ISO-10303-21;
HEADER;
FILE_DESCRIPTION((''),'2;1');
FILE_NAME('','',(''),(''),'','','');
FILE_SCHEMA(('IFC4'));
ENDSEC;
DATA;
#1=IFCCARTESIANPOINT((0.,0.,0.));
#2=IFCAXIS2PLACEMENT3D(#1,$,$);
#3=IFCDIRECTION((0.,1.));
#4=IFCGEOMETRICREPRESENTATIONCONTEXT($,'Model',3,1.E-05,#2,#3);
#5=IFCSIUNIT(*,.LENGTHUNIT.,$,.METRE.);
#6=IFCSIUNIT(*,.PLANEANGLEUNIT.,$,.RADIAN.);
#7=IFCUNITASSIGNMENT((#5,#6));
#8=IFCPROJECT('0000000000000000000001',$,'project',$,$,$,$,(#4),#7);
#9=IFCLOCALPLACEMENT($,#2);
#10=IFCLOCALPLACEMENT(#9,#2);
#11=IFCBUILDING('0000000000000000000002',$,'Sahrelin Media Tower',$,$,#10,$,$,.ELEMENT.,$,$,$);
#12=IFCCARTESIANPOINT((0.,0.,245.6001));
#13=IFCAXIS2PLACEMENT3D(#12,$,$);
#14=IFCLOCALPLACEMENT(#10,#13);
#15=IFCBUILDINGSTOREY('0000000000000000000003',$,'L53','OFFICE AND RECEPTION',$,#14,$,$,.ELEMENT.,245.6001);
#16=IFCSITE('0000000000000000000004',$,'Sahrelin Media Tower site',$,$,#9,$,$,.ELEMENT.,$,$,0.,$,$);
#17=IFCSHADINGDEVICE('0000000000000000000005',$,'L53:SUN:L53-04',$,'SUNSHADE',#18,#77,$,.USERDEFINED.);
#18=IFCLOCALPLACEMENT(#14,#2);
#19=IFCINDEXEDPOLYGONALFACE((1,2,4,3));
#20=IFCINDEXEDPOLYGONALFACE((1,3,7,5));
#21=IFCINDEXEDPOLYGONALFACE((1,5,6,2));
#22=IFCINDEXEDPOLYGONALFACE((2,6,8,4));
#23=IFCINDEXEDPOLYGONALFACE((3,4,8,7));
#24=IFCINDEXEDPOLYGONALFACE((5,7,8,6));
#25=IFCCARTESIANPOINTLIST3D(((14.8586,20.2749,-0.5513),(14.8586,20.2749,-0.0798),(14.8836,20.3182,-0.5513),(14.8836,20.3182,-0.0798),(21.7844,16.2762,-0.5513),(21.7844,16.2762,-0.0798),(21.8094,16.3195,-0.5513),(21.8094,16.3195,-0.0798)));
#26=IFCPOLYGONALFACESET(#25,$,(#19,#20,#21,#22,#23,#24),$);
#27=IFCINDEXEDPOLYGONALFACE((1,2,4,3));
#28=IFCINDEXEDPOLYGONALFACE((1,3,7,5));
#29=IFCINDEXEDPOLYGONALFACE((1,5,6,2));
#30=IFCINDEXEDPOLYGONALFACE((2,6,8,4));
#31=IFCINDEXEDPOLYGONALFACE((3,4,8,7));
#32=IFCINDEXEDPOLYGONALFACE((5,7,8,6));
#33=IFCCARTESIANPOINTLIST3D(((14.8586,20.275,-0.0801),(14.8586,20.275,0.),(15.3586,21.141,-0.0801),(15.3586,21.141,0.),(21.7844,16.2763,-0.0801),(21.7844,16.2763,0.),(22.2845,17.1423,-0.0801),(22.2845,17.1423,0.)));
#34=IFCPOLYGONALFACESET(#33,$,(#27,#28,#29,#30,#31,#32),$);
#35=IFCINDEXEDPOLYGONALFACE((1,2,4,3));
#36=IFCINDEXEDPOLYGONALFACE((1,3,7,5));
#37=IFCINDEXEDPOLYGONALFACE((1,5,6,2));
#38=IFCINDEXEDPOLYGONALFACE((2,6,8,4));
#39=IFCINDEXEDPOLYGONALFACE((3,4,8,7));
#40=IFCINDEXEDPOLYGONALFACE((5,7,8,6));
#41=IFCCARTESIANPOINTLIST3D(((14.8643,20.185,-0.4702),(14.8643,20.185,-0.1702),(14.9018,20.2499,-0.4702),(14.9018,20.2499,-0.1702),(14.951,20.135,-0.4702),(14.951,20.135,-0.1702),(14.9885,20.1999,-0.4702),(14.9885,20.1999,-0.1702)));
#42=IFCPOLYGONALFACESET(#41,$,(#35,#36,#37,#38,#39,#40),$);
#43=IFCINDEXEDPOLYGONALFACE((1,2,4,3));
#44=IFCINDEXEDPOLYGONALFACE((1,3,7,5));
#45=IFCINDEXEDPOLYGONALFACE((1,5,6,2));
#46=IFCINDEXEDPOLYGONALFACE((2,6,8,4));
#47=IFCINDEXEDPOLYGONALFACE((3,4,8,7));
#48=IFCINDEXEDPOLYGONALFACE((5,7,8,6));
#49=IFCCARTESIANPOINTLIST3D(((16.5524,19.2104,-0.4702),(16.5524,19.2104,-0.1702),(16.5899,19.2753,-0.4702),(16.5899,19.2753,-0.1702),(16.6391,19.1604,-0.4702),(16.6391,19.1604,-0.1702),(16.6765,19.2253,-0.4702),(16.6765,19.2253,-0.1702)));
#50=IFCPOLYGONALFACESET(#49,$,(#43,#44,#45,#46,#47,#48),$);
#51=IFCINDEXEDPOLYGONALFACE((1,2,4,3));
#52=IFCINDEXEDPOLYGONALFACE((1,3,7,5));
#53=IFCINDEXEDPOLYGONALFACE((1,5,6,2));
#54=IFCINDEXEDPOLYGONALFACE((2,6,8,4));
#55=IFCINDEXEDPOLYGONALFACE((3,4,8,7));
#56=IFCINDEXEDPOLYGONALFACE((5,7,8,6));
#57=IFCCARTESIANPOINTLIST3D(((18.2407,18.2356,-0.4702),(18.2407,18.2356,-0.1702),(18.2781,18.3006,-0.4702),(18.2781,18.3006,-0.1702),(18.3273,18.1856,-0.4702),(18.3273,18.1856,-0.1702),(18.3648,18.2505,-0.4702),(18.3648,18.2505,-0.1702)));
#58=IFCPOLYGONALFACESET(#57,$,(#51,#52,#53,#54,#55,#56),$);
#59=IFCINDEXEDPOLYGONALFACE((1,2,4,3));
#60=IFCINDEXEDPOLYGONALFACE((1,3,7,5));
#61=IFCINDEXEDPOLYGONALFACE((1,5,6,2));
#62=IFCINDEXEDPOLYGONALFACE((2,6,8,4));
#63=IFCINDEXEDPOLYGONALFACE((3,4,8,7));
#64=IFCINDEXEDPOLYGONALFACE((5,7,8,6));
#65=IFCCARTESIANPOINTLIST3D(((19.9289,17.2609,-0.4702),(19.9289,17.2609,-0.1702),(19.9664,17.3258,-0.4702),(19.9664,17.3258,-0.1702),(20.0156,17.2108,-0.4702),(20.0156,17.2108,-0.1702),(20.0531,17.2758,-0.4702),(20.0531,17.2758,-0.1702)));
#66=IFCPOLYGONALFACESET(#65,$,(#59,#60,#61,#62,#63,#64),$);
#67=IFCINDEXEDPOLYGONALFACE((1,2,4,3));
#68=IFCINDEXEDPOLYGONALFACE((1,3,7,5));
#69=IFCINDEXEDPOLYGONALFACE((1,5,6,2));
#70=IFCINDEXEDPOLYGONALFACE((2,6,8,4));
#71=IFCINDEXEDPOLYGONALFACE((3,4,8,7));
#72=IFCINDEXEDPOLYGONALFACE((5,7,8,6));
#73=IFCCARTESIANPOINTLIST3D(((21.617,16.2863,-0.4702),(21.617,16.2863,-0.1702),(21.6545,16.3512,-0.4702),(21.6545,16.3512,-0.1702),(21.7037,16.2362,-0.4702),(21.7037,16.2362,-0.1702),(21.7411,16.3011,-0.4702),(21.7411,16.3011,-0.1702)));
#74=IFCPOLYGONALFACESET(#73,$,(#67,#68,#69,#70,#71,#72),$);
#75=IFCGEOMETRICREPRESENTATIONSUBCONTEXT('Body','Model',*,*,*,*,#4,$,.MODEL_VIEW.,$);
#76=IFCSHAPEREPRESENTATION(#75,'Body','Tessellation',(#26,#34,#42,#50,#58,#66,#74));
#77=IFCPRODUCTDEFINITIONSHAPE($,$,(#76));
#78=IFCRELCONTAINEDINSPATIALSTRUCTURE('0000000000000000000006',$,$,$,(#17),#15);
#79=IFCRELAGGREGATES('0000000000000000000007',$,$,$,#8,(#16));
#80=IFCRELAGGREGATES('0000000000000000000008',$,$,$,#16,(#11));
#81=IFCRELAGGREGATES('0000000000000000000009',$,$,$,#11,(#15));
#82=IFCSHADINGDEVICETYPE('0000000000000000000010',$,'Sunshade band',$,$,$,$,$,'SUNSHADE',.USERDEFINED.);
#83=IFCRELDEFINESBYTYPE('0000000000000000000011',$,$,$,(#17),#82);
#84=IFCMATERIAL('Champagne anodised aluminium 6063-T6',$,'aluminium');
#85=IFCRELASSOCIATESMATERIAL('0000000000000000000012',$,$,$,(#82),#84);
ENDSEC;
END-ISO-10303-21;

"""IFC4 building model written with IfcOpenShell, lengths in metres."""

from ifc_helpers import new_model, si_unit, direction, frame, origin, origin_2d, place, context, subcontext, project, spatial, rectangle, extrude, material, type_object, element, save


model = new_model("IFC4")

# Units and contexts
model_context = context("Model", 3, precision=1e-05, world=origin(), true_north=direction((0.0, 1.0)))
body_context = subcontext(model_context, "Body", "Model", "MODEL_VIEW")
ifc_project = project(units=[si_unit("LENGTHUNIT", "METRE"), si_unit("PLANEANGLEUNIT", "RADIAN")], contexts=[model_context])

# Site, building, storey
site_placement = place(None, origin())
site = spatial("IfcSite", under=ifc_project, at=site_placement, Name="Sahrelin Media Tower site", CompositionType="ELEMENT", RefElevation=0.0)
building_placement = place(site_placement, origin())
building = spatial("IfcBuilding", under=site, at=building_placement, Name="Sahrelin Media Tower", CompositionType="ELEMENT")
storey_placement = place(building_placement, frame((0.0, 0.0, 245.6001)))
storey = spatial("IfcBuildingStorey", under=building, at=storey_placement, Name="L53", Description="OFFICE AND RECEPTION", CompositionType="ELEMENT", Elevation=245.6001)

# Shared definitions
ifc_material_1 = material(Name="Champagne anodised aluminium 6063-T6", Category="aluminium")

# Shading device
placement_1 = place(storey_placement, frame((18.3115, 18.2583, 0.0), z_axis=(0.0, 0.0, 1.0), x_axis=(0.866019, -0.500011, 0.0)))
shading_device_type_1 = type_object("IfcShadingDeviceType", Name="Sunshade band", ElementType="SUNSHADE", PredefinedType="USERDEFINED", material=ifc_material_1)
element("IfcShadingDevice", 1, at=placement_1, inside=storey, type_object=shading_device_type_1, Name="L53:SUN:L53-04", ObjectType="SUNSHADE", PredefinedType="USERDEFINED", context=body_context, shape_type="SweptSolid", body=[
    extrude(rectangle(XDim=7.9973, YDim=0.05, at=origin_2d()), frame((0.0, 0.0449, -0.5513)), (0.0, 0.0, 1.0), 0.4714),
    extrude(rectangle(XDim=7.9973, YDim=1.0, at=origin_2d()), frame((0.0, 0.52, -0.0801)), (0.0, 0.0, 1.0), 0.0801),
    extrude(rectangle(XDim=0.1001, YDim=0.075, at=origin_2d()), frame((-3.8987, -0.0176, -0.4702)), (0.0, 0.0, 1.0), 0.3),
    extrude(rectangle(XDim=0.1001, YDim=0.075, at=origin_2d()), frame((-1.9495, -0.0176, -0.4702)), (0.0, 0.0, 1.0), 0.3),
    extrude(rectangle(XDim=0.1001, YDim=0.075, at=origin_2d()), frame((0.0, -0.0176, -0.4702)), (0.0, 0.0, 1.0), 0.3),
    extrude(rectangle(XDim=0.1001, YDim=0.075, at=origin_2d()), frame((1.9495, -0.0176, -0.4702)), (0.0, 0.0, 1.0), 0.3),
    extrude(rectangle(XDim=0.1001, YDim=0.075, at=origin_2d()), frame((3.8987, -0.0176, -0.4702)), (0.0, 0.0, 1.0), 0.3),
])

save(model, "model.ifc")
